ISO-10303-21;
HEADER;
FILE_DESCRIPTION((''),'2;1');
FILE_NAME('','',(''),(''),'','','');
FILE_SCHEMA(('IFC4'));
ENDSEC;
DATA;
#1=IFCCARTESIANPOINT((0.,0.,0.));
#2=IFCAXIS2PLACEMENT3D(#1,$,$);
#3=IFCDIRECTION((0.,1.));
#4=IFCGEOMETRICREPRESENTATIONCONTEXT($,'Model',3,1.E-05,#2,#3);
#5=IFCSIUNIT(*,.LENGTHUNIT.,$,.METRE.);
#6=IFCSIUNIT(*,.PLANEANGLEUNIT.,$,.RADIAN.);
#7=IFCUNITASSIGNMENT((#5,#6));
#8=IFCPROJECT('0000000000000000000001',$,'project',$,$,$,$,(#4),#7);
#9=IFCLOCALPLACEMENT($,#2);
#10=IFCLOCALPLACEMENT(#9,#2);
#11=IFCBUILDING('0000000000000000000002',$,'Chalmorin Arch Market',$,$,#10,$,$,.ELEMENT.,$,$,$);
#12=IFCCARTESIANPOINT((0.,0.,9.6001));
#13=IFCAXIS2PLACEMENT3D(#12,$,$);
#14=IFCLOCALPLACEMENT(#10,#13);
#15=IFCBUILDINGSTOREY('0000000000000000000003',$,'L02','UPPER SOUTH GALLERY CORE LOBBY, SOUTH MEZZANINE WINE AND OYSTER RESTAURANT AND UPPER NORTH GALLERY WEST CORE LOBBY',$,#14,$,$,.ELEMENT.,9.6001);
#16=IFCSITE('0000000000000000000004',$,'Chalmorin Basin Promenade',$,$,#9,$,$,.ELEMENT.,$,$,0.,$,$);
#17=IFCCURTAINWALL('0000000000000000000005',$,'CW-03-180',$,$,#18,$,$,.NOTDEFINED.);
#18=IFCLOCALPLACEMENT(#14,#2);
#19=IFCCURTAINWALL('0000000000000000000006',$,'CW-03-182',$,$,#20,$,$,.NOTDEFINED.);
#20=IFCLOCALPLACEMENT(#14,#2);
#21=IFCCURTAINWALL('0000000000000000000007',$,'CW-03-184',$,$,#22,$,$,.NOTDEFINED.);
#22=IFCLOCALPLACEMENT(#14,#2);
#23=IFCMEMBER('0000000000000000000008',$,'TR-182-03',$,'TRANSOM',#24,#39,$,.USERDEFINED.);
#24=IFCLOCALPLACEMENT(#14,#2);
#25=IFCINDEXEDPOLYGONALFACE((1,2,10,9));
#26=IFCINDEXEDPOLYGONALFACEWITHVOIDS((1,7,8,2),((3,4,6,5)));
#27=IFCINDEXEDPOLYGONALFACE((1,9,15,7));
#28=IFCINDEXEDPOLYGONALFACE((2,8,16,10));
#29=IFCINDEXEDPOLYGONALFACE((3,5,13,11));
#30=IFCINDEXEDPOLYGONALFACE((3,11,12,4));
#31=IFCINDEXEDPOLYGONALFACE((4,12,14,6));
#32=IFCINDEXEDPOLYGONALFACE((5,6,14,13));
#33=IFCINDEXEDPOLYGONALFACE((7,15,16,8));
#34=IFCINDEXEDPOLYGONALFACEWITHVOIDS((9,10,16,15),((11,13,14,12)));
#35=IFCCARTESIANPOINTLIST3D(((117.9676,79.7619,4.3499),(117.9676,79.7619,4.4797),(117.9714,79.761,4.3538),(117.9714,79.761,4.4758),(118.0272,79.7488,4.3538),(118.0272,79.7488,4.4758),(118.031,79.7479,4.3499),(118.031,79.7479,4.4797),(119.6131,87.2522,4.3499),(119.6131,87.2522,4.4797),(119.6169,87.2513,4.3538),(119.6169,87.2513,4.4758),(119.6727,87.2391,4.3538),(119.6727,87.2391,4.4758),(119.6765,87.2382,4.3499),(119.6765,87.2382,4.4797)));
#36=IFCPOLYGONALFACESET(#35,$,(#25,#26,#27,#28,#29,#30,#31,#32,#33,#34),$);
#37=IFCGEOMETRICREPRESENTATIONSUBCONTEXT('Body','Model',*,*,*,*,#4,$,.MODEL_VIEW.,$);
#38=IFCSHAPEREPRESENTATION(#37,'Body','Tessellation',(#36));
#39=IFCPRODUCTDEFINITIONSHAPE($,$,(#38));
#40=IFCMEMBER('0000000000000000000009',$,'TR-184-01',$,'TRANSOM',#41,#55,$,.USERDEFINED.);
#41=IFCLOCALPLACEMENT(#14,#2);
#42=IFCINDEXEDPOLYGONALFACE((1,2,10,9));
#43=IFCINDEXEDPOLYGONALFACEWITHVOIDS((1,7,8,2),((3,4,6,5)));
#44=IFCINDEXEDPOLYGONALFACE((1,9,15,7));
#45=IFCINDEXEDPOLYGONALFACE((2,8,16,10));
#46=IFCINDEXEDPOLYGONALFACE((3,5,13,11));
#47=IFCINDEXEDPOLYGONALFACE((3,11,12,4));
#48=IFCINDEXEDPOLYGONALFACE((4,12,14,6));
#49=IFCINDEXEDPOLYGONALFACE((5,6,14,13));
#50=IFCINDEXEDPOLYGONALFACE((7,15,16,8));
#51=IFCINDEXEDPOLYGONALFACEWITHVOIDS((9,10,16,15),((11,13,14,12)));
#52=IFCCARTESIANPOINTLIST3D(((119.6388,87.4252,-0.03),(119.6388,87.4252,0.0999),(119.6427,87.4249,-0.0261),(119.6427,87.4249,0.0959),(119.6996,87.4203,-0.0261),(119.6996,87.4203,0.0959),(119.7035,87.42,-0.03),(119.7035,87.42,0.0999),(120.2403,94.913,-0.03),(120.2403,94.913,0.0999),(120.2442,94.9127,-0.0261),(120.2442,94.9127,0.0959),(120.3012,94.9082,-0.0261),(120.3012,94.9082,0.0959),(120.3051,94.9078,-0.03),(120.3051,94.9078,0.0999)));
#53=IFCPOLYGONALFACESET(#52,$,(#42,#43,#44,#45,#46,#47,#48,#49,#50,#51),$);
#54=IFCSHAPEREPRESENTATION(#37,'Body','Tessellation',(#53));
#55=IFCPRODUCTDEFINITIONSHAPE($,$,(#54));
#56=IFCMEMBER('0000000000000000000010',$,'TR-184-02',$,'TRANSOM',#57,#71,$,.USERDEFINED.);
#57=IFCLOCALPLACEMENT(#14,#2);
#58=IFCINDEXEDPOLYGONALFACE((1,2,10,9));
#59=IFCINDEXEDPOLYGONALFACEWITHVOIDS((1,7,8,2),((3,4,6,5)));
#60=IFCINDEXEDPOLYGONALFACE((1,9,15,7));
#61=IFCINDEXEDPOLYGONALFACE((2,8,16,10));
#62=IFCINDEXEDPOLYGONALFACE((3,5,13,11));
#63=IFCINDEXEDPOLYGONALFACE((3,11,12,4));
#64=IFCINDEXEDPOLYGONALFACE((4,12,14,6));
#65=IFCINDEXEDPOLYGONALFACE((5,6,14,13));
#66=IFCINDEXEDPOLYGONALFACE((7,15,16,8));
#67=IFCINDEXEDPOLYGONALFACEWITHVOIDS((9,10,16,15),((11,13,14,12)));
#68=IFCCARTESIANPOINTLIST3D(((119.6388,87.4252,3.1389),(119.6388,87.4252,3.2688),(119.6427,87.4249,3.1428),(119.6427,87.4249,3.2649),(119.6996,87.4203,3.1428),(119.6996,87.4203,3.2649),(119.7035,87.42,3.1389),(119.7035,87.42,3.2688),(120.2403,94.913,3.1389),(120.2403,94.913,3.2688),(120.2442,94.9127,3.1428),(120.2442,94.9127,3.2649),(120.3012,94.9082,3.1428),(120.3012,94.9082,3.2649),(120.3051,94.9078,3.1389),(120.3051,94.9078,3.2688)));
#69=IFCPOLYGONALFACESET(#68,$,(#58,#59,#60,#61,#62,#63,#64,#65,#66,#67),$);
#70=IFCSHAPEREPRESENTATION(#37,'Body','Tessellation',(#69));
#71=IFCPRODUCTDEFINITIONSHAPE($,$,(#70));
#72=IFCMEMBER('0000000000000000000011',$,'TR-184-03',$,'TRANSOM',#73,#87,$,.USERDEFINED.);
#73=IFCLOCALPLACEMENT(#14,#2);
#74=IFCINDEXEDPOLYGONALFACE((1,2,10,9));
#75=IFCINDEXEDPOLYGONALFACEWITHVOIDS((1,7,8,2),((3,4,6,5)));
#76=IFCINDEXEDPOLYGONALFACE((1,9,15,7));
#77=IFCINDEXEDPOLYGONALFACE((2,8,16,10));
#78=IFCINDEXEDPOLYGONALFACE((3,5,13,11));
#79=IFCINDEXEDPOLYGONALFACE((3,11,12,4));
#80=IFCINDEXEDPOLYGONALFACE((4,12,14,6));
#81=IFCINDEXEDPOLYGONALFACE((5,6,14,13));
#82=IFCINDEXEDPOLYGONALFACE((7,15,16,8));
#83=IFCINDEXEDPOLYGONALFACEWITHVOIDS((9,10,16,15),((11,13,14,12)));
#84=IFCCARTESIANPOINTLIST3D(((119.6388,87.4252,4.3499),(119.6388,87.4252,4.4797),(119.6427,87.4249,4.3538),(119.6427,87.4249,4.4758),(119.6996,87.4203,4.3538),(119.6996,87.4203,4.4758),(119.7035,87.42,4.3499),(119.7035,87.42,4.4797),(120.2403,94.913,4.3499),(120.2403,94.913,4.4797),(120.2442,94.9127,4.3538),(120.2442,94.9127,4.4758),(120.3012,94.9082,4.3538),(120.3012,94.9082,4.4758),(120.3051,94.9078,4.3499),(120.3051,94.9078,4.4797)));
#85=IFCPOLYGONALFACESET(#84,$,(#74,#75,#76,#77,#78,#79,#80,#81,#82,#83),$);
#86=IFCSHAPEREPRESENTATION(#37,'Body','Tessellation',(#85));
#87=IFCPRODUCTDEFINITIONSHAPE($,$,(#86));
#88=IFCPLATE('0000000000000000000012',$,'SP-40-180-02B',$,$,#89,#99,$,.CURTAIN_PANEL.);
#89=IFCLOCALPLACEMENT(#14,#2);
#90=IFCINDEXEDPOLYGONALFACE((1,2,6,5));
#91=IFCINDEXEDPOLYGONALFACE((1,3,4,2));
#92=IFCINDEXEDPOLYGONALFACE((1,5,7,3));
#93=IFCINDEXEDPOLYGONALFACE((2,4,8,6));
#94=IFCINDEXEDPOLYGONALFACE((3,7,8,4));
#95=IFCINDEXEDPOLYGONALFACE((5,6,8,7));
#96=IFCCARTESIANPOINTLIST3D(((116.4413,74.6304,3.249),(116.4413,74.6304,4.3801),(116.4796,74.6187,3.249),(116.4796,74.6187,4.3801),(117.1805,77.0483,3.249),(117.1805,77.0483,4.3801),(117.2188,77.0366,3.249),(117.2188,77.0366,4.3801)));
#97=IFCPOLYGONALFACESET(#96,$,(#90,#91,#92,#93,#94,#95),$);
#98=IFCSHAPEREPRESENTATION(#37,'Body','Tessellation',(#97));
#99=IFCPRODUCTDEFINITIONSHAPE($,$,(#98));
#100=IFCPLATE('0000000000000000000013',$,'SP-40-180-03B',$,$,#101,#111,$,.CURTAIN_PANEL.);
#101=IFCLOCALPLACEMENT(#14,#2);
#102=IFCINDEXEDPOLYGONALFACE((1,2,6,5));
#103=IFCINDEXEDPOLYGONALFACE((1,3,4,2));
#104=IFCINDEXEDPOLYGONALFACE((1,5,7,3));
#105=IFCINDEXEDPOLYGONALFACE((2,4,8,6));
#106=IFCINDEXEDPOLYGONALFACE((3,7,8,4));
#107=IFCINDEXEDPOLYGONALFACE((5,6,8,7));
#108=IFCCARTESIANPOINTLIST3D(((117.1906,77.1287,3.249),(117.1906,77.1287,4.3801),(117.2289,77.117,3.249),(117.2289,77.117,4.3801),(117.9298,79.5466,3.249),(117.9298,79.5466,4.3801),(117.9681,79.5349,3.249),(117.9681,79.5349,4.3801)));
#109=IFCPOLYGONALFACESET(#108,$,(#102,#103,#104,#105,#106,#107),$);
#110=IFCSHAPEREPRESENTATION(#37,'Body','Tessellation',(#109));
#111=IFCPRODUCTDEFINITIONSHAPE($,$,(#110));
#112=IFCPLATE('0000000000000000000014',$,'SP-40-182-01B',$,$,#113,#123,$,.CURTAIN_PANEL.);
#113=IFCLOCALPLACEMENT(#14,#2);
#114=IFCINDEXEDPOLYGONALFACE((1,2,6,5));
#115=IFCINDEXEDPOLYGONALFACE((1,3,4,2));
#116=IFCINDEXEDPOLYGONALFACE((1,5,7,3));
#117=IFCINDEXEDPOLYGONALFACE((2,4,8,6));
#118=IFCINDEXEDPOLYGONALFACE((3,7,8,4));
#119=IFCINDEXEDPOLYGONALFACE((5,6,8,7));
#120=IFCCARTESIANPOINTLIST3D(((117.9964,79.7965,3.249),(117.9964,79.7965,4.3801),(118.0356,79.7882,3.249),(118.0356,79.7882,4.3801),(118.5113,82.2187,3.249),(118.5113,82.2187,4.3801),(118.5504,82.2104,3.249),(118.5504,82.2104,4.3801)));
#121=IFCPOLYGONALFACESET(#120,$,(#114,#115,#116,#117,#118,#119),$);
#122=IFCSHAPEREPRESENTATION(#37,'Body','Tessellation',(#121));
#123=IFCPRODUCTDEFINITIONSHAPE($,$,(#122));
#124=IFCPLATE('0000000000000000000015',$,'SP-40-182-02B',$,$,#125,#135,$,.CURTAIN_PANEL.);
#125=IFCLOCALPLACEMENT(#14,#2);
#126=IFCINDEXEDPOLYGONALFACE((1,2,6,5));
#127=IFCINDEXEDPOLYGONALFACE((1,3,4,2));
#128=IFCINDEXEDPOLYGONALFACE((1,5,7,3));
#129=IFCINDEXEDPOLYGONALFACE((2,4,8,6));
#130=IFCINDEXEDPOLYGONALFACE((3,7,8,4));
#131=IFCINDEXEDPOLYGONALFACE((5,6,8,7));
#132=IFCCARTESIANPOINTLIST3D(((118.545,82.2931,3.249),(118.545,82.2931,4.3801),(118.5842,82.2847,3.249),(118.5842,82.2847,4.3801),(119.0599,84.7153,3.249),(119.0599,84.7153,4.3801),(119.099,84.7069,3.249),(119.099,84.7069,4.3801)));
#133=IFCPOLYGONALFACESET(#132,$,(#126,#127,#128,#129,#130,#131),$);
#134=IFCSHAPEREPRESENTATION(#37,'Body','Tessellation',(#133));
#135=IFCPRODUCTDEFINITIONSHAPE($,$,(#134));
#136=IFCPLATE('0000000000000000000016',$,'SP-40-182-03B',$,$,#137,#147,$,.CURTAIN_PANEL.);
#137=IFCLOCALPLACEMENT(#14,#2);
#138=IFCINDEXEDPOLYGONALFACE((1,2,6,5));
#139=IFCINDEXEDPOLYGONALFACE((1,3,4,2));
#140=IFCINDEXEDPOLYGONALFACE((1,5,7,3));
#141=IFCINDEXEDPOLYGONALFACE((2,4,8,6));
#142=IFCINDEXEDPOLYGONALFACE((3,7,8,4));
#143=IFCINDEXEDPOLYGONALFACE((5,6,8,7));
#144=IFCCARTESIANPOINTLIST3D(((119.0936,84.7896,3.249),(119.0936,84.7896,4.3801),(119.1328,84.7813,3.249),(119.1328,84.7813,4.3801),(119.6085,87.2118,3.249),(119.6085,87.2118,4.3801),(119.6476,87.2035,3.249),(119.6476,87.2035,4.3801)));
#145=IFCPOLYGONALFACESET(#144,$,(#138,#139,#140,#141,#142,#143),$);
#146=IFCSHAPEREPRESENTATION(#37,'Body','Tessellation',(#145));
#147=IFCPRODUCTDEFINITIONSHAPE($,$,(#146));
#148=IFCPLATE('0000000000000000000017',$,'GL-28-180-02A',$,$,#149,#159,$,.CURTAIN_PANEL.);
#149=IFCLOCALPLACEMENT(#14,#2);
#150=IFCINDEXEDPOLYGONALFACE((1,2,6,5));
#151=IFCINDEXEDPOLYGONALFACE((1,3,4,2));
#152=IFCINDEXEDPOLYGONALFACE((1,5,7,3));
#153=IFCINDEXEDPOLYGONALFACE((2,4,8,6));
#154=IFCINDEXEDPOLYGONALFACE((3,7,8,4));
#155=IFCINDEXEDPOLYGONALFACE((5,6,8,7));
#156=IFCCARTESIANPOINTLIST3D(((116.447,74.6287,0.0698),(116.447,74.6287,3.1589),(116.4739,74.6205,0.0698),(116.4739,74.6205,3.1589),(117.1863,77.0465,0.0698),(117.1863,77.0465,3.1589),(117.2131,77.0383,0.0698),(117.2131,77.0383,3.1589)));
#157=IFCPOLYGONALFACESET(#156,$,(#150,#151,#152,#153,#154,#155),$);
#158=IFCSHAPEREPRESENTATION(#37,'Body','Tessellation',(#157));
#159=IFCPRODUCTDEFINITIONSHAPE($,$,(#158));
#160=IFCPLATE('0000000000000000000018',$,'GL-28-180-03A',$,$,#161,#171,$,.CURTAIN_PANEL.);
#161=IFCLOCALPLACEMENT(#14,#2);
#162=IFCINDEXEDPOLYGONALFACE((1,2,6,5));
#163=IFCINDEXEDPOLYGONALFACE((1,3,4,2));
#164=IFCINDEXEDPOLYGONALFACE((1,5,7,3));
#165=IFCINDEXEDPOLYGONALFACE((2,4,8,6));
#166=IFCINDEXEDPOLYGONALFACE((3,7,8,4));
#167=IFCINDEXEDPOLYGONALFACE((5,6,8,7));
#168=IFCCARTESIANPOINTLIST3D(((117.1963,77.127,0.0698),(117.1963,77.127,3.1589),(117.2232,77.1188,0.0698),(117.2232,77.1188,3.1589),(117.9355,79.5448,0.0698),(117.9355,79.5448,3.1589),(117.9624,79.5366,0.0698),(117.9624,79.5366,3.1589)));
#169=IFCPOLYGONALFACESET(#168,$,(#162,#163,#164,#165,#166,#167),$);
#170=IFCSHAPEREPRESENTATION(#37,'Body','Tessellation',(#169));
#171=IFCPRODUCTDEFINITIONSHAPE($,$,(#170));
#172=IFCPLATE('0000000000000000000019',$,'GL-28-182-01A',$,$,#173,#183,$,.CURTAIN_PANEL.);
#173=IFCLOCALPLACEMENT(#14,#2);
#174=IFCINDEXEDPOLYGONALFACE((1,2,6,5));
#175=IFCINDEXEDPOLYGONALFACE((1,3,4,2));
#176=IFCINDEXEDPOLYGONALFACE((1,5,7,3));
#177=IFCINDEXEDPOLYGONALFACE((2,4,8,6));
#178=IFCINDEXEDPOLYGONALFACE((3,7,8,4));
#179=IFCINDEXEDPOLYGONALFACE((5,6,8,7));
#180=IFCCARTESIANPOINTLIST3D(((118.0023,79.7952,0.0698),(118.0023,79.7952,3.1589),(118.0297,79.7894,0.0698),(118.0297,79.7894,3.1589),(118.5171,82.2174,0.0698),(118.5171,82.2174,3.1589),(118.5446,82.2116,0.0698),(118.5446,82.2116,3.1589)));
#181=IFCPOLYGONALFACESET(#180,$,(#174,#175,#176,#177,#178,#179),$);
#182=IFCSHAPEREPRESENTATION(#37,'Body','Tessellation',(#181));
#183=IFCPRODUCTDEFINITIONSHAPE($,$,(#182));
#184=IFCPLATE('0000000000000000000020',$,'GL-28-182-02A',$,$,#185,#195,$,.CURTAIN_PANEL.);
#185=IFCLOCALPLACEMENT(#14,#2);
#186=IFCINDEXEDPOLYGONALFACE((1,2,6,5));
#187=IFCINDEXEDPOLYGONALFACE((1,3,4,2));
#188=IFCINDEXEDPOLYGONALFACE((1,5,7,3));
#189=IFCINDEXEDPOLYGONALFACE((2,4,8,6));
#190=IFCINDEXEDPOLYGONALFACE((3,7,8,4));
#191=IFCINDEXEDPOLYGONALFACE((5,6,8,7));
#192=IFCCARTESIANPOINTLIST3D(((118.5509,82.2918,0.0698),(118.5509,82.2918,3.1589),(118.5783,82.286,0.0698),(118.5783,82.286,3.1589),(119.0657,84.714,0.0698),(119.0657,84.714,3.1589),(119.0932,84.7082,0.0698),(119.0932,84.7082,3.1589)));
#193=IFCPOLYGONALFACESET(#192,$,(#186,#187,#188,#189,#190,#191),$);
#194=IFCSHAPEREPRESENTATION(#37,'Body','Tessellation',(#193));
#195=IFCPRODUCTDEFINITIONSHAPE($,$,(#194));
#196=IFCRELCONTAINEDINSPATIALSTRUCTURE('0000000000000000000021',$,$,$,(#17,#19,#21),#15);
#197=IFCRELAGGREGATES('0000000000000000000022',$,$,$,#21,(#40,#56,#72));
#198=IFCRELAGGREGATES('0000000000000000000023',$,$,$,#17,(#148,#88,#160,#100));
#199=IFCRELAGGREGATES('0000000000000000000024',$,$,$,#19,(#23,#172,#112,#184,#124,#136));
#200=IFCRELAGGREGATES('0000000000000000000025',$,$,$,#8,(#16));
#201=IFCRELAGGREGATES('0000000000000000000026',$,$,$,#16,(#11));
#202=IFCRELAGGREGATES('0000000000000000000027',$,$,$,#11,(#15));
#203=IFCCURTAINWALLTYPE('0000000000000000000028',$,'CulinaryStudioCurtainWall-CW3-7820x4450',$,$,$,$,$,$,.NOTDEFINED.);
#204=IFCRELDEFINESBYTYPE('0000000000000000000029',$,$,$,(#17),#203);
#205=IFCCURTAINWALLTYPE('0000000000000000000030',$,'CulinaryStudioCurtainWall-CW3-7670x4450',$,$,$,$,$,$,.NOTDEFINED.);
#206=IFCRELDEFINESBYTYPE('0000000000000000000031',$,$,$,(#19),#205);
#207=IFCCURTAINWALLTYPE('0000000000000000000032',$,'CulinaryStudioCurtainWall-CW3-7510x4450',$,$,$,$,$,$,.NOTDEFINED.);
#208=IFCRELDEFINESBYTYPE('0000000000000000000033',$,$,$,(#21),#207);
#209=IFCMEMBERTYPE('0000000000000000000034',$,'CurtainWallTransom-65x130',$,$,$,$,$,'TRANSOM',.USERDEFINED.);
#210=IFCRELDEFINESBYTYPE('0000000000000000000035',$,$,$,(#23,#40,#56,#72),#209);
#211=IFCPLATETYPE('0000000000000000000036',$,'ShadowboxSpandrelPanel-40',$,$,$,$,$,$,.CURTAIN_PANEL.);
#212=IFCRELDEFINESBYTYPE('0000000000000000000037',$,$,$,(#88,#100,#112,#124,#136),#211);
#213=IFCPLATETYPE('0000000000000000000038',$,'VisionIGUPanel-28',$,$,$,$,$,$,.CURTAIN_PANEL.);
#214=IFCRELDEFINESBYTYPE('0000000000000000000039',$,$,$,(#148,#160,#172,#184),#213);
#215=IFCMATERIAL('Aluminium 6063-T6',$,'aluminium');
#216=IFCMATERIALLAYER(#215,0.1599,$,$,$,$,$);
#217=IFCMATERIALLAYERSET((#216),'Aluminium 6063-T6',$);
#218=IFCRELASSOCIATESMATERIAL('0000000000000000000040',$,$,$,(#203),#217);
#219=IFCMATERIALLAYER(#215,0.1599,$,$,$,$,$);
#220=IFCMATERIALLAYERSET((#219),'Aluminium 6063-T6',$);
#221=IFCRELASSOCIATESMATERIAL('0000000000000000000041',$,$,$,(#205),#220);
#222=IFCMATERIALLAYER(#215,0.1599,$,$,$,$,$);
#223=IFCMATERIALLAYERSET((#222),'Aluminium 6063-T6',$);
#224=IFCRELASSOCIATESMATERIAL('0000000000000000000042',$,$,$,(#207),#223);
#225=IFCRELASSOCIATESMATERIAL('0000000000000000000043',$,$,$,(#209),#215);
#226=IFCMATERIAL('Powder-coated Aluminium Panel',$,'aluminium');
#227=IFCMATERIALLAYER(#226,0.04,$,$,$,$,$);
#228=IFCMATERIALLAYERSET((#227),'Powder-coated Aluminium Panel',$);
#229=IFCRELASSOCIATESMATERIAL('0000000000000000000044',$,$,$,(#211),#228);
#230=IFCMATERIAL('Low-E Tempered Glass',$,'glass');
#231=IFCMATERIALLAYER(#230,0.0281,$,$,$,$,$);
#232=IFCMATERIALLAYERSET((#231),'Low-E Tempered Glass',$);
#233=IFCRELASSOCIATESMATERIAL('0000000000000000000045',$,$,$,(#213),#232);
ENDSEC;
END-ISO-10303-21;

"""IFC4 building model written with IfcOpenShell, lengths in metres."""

from ifc_helpers import new_model, si_unit, direction, frame, origin, origin_2d, place, context, subcontext, project, spatial, rectangle, hollow_rectangle, extrude, material, layer, layer_set, material_profile, profile_set, type_object, element, aggregate, save


model = new_model("IFC4")

# Units and contexts
model_context = context("Model", 3, precision=1e-05, world=origin(), true_north=direction((0.0, 1.0)))
body_context = subcontext(model_context, "Body", "Model", "MODEL_VIEW")
ifc_project = project(units=[si_unit("LENGTHUNIT", "METRE"), si_unit("PLANEANGLEUNIT", "RADIAN")], contexts=[model_context])

# Site, building, storey
site_placement = place(None, origin())
site = spatial("IfcSite", under=ifc_project, at=site_placement, Name="Chalmorin Basin Promenade", CompositionType="ELEMENT", RefElevation=0.0)
building_placement = place(site_placement, origin())
building = spatial("IfcBuilding", under=site, at=building_placement, Name="Chalmorin Arch Market", CompositionType="ELEMENT")
storey_placement = place(building_placement, frame((0.0, 0.0, 9.6001)))
storey = spatial("IfcBuildingStorey", under=building, at=storey_placement, Name="L02", Description="UPPER SOUTH GALLERY CORE LOBBY, SOUTH MEZZANINE WINE AND OYSTER RESTAURANT AND UPPER NORTH GALLERY WEST CORE LOBBY", CompositionType="ELEMENT", Elevation=9.6001)

# Curtain walls
ifc_material_1 = material(Name="Aluminium 6063-T6", Category="aluminium")
ifc_layer_1 = layer(ifc_material_1, 0.1599)
ifc_layer_set_1 = layer_set([ifc_layer_1], Name="Aluminium 6063-T6")
curtain_wall_type_1 = type_object("IfcCurtainWallType", Name="CulinaryStudioCurtainWall-CW3-7820x4450", PredefinedType="NOTDEFINED", material=ifc_layer_set_1)
curtain_wall_1_placement = place(storey_placement, origin())
curtain_wall_1 = element("IfcCurtainWall", 1, at=curtain_wall_1_placement, inside=storey, type_object=curtain_wall_type_1, Name="CW-03-180", PredefinedType="NOTDEFINED")
ifc_layer_2 = layer(ifc_material_1, 0.1599)
ifc_layer_set_2 = layer_set([ifc_layer_2], Name="Aluminium 6063-T6")
curtain_wall_type_2 = type_object("IfcCurtainWallType", Name="CulinaryStudioCurtainWall-CW3-7670x4450", PredefinedType="NOTDEFINED", material=ifc_layer_set_2)
curtain_wall_2_placement = place(storey_placement, origin())
curtain_wall_2 = element("IfcCurtainWall", 2, at=curtain_wall_2_placement, inside=storey, type_object=curtain_wall_type_2, Name="CW-03-182", PredefinedType="NOTDEFINED")

# Curtain wall
ifc_layer_3 = layer(ifc_material_1, 0.1599)
ifc_layer_set_3 = layer_set([ifc_layer_3], Name="Aluminium 6063-T6")
curtain_wall_type_3 = type_object("IfcCurtainWallType", Name="CulinaryStudioCurtainWall-CW3-7510x4450", PredefinedType="NOTDEFINED", material=ifc_layer_set_3)
curtain_wall_3_placement = place(storey_placement, origin())
curtain_wall_3 = element("IfcCurtainWall", 3, at=curtain_wall_3_placement, inside=storey, type_object=curtain_wall_type_3, Name="CW-03-184", PredefinedType="NOTDEFINED")

# Members
ifc_material_profile_1 = material_profile(ifc_material_1, hollow_rectangle(XDim=0.0649, YDim=0.1299, WallThickness=0.0039, at=origin_2d()), Name="ALU65X130X4")
ifc_profile_set_1 = profile_set([ifc_material_profile_1], Name="Aluminium 6063-T6")
member_type_1 = type_object("IfcMemberType", Name="CurtainWallTransom-65x130", ElementType="TRANSOM", PredefinedType="USERDEFINED", material=ifc_profile_set_1)
member_1_placement = place(storey_placement, frame((117.9993, 79.7549, 4.4148), z_axis=(0.21457, 0.976709, 0.0), x_axis=(-0.976709, 0.21457, 0.0)))
member_1 = element("IfcMember", 4, at=member_1_placement, type_object=member_type_1, Name="TR-182-03", ObjectType="TRANSOM", PredefinedType="USERDEFINED", context=body_context, shape_type="SweptSolid", body=[
    extrude(hollow_rectangle(XDim=0.0649, YDim=0.1299, WallThickness=0.0039, at=origin_2d()), origin(), (0.0, 0.0, 1.0), 7.6689),
])
member_2_placement = place(storey_placement, frame((119.6711, 87.4226, 0.0349), z_axis=(0.080081, 0.996788, 0.0), x_axis=(-0.996788, 0.080081, 0.0)))
member_2 = element("IfcMember", 5, at=member_2_placement, type_object=member_type_1, Name="TR-184-01", ObjectType="TRANSOM", PredefinedType="USERDEFINED", context=body_context, shape_type="SweptSolid", body=[
    extrude(hollow_rectangle(XDim=0.0649, YDim=0.1299, WallThickness=0.0039, at=origin_2d()), origin(), (0.0, 0.0, 1.0), 7.512),
])
member_3_placement = place(storey_placement, frame((119.6711, 87.4226, 3.2039), z_axis=(0.080081, 0.996788, 0.0), x_axis=(-0.996788, 0.080081, 0.0)))
member_3 = element("IfcMember", 6, at=member_3_placement, type_object=member_type_1, Name="TR-184-02", ObjectType="TRANSOM", PredefinedType="USERDEFINED", context=body_context, shape_type="SweptSolid", body=[
    extrude(hollow_rectangle(XDim=0.0649, YDim=0.1299, WallThickness=0.0039, at=origin_2d()), origin(), (0.0, 0.0, 1.0), 7.512),
])
member_4_placement = place(storey_placement, frame((119.6711, 87.4226, 4.4148), z_axis=(0.080081, 0.996788, 0.0), x_axis=(-0.996788, 0.080081, 0.0)))
member_4 = element("IfcMember", 7, at=member_4_placement, type_object=member_type_1, Name="TR-184-03", ObjectType="TRANSOM", PredefinedType="USERDEFINED", context=body_context, shape_type="SweptSolid", body=[
    extrude(hollow_rectangle(XDim=0.0649, YDim=0.1299, WallThickness=0.0039, at=origin_2d()), origin(), (0.0, 0.0, 1.0), 7.512),
])
aggregate(curtain_wall_3, [member_2, member_3, member_4])

# Plates
ifc_material_2 = material(Name="Powder-coated Aluminium Panel", Category="aluminium")
ifc_layer_4 = layer(ifc_material_2, 0.04)
ifc_layer_set_4 = layer_set([ifc_layer_4], Name="Powder-coated Aluminium Panel")
plate_type_1 = type_object("IfcPlateType", Name="ShadowboxSpandrelPanel-40", PredefinedType="CURTAIN_PANEL", material=ifc_layer_set_4)
plate_1_placement = place(storey_placement, frame((116.8301, 75.8335, 3.249), z_axis=(0.0, 0.0, 1.0), x_axis=(0.292372, 0.956305, 0.0)))
plate_1 = element("IfcPlate", 8, at=plate_1_placement, type_object=plate_type_1, Name="SP-40-180-02B", PredefinedType="CURTAIN_PANEL", context=body_context, shape_type="SweptSolid", body=[
    extrude(rectangle(XDim=2.5283, YDim=0.04, at=origin_2d()), origin(), (0.0, 0.0, 1.0), 1.1311),
])
plate_2_placement = place(storey_placement, frame((117.5793, 78.3318, 3.249), z_axis=(0.0, 0.0, 1.0), x_axis=(0.292372, 0.956305, 0.0)))
plate_2 = element("IfcPlate", 9, at=plate_2_placement, type_object=plate_type_1, Name="SP-40-180-03B", PredefinedType="CURTAIN_PANEL", context=body_context, shape_type="SweptSolid", body=[
    extrude(rectangle(XDim=2.5283, YDim=0.04, at=origin_2d()), origin(), (0.0, 0.0, 1.0), 1.1311),
])
plate_3_placement = place(storey_placement, frame((118.2734, 81.0034, 3.249), z_axis=(0.0, 0.0, 1.0), x_axis=(0.207912, 0.978148, 0.0)))
plate_3 = element("IfcPlate", 10, at=plate_3_placement, type_object=plate_type_1, Name="SP-40-182-01B", PredefinedType="CURTAIN_PANEL", context=body_context, shape_type="SweptSolid", body=[
    extrude(rectangle(XDim=2.4763, YDim=0.04, at=origin_2d()), origin(), (0.0, 0.0, 1.0), 1.1311),
])
plate_4_placement = place(storey_placement, frame((118.822, 83.5, 3.249), z_axis=(0.0, 0.0, 1.0), x_axis=(0.207912, 0.978148, 0.0)))
plate_4 = element("IfcPlate", 11, at=plate_4_placement, type_object=plate_type_1, Name="SP-40-182-02B", PredefinedType="CURTAIN_PANEL", context=body_context, shape_type="SweptSolid", body=[
    extrude(rectangle(XDim=2.4763, YDim=0.04, at=origin_2d()), origin(), (0.0, 0.0, 1.0), 1.1311),
])
plate_5_placement = place(storey_placement, frame((119.3706, 85.9966, 3.249), z_axis=(0.0, 0.0, 1.0), x_axis=(0.207912, 0.978148, 0.0)))
plate_5 = element("IfcPlate", 12, at=plate_5_placement, type_object=plate_type_1, Name="SP-40-182-03B", PredefinedType="CURTAIN_PANEL", context=body_context, shape_type="SweptSolid", body=[
    extrude(rectangle(XDim=2.4763, YDim=0.04, at=origin_2d()), origin(), (0.0, 0.0, 1.0), 1.1311),
])
ifc_material_3 = material(Name="Low-E Tempered Glass", Category="glass")
ifc_layer_5 = layer(ifc_material_3, 0.0281)
ifc_layer_set_5 = layer_set([ifc_layer_5], Name="Low-E Tempered Glass")
plate_type_2 = type_object("IfcPlateType", Name="VisionIGUPanel-28", PredefinedType="CURTAIN_PANEL", material=ifc_layer_set_5)
plate_6_placement = place(storey_placement, frame((116.8301, 75.8335, 0.0698), z_axis=(0.0, 0.0, 1.0), x_axis=(0.292372, 0.956305, 0.0)))
plate_6 = element("IfcPlate", 13, at=plate_6_placement, type_object=plate_type_2, Name="GL-28-180-02A", PredefinedType="CURTAIN_PANEL", context=body_context, shape_type="SweptSolid", body=[
    extrude(rectangle(XDim=2.5283, YDim=0.0281, at=origin_2d()), origin(), (0.0, 0.0, 1.0), 3.0891),
])
plate_7_placement = place(storey_placement, frame((117.5793, 78.3318, 0.0698), z_axis=(0.0, 0.0, 1.0), x_axis=(0.292372, 0.956305, 0.0)))
plate_7 = element("IfcPlate", 14, at=plate_7_placement, type_object=plate_type_2, Name="GL-28-180-03A", PredefinedType="CURTAIN_PANEL", context=body_context, shape_type="SweptSolid", body=[
    extrude(rectangle(XDim=2.5283, YDim=0.0281, at=origin_2d()), origin(), (0.0, 0.0, 1.0), 3.0891),
])
aggregate(curtain_wall_1, [plate_6, plate_1, plate_7, plate_2])
plate_8_placement = place(storey_placement, frame((118.2734, 81.0034, 0.0698), z_axis=(0.0, 0.0, 1.0), x_axis=(0.207912, 0.978148, 0.0)))
plate_8 = element("IfcPlate", 15, at=plate_8_placement, type_object=plate_type_2, Name="GL-28-182-01A", PredefinedType="CURTAIN_PANEL", context=body_context, shape_type="SweptSolid", body=[
    extrude(rectangle(XDim=2.4763, YDim=0.0281, at=origin_2d()), origin(), (0.0, 0.0, 1.0), 3.0891),
])
plate_9_placement = place(storey_placement, frame((118.822, 83.5, 0.0698), z_axis=(0.0, 0.0, 1.0), x_axis=(0.207912, 0.978148, 0.0)))
plate_9 = element("IfcPlate", 16, at=plate_9_placement, type_object=plate_type_2, Name="GL-28-182-02A", PredefinedType="CURTAIN_PANEL", context=body_context, shape_type="SweptSolid", body=[
    extrude(rectangle(XDim=2.4763, YDim=0.0281, at=origin_2d()), origin(), (0.0, 0.0, 1.0), 3.0891),
])
aggregate(curtain_wall_2, [member_1, plate_8, plate_3, plate_9, plate_4, plate_5])

save(model, "model.ifc")
